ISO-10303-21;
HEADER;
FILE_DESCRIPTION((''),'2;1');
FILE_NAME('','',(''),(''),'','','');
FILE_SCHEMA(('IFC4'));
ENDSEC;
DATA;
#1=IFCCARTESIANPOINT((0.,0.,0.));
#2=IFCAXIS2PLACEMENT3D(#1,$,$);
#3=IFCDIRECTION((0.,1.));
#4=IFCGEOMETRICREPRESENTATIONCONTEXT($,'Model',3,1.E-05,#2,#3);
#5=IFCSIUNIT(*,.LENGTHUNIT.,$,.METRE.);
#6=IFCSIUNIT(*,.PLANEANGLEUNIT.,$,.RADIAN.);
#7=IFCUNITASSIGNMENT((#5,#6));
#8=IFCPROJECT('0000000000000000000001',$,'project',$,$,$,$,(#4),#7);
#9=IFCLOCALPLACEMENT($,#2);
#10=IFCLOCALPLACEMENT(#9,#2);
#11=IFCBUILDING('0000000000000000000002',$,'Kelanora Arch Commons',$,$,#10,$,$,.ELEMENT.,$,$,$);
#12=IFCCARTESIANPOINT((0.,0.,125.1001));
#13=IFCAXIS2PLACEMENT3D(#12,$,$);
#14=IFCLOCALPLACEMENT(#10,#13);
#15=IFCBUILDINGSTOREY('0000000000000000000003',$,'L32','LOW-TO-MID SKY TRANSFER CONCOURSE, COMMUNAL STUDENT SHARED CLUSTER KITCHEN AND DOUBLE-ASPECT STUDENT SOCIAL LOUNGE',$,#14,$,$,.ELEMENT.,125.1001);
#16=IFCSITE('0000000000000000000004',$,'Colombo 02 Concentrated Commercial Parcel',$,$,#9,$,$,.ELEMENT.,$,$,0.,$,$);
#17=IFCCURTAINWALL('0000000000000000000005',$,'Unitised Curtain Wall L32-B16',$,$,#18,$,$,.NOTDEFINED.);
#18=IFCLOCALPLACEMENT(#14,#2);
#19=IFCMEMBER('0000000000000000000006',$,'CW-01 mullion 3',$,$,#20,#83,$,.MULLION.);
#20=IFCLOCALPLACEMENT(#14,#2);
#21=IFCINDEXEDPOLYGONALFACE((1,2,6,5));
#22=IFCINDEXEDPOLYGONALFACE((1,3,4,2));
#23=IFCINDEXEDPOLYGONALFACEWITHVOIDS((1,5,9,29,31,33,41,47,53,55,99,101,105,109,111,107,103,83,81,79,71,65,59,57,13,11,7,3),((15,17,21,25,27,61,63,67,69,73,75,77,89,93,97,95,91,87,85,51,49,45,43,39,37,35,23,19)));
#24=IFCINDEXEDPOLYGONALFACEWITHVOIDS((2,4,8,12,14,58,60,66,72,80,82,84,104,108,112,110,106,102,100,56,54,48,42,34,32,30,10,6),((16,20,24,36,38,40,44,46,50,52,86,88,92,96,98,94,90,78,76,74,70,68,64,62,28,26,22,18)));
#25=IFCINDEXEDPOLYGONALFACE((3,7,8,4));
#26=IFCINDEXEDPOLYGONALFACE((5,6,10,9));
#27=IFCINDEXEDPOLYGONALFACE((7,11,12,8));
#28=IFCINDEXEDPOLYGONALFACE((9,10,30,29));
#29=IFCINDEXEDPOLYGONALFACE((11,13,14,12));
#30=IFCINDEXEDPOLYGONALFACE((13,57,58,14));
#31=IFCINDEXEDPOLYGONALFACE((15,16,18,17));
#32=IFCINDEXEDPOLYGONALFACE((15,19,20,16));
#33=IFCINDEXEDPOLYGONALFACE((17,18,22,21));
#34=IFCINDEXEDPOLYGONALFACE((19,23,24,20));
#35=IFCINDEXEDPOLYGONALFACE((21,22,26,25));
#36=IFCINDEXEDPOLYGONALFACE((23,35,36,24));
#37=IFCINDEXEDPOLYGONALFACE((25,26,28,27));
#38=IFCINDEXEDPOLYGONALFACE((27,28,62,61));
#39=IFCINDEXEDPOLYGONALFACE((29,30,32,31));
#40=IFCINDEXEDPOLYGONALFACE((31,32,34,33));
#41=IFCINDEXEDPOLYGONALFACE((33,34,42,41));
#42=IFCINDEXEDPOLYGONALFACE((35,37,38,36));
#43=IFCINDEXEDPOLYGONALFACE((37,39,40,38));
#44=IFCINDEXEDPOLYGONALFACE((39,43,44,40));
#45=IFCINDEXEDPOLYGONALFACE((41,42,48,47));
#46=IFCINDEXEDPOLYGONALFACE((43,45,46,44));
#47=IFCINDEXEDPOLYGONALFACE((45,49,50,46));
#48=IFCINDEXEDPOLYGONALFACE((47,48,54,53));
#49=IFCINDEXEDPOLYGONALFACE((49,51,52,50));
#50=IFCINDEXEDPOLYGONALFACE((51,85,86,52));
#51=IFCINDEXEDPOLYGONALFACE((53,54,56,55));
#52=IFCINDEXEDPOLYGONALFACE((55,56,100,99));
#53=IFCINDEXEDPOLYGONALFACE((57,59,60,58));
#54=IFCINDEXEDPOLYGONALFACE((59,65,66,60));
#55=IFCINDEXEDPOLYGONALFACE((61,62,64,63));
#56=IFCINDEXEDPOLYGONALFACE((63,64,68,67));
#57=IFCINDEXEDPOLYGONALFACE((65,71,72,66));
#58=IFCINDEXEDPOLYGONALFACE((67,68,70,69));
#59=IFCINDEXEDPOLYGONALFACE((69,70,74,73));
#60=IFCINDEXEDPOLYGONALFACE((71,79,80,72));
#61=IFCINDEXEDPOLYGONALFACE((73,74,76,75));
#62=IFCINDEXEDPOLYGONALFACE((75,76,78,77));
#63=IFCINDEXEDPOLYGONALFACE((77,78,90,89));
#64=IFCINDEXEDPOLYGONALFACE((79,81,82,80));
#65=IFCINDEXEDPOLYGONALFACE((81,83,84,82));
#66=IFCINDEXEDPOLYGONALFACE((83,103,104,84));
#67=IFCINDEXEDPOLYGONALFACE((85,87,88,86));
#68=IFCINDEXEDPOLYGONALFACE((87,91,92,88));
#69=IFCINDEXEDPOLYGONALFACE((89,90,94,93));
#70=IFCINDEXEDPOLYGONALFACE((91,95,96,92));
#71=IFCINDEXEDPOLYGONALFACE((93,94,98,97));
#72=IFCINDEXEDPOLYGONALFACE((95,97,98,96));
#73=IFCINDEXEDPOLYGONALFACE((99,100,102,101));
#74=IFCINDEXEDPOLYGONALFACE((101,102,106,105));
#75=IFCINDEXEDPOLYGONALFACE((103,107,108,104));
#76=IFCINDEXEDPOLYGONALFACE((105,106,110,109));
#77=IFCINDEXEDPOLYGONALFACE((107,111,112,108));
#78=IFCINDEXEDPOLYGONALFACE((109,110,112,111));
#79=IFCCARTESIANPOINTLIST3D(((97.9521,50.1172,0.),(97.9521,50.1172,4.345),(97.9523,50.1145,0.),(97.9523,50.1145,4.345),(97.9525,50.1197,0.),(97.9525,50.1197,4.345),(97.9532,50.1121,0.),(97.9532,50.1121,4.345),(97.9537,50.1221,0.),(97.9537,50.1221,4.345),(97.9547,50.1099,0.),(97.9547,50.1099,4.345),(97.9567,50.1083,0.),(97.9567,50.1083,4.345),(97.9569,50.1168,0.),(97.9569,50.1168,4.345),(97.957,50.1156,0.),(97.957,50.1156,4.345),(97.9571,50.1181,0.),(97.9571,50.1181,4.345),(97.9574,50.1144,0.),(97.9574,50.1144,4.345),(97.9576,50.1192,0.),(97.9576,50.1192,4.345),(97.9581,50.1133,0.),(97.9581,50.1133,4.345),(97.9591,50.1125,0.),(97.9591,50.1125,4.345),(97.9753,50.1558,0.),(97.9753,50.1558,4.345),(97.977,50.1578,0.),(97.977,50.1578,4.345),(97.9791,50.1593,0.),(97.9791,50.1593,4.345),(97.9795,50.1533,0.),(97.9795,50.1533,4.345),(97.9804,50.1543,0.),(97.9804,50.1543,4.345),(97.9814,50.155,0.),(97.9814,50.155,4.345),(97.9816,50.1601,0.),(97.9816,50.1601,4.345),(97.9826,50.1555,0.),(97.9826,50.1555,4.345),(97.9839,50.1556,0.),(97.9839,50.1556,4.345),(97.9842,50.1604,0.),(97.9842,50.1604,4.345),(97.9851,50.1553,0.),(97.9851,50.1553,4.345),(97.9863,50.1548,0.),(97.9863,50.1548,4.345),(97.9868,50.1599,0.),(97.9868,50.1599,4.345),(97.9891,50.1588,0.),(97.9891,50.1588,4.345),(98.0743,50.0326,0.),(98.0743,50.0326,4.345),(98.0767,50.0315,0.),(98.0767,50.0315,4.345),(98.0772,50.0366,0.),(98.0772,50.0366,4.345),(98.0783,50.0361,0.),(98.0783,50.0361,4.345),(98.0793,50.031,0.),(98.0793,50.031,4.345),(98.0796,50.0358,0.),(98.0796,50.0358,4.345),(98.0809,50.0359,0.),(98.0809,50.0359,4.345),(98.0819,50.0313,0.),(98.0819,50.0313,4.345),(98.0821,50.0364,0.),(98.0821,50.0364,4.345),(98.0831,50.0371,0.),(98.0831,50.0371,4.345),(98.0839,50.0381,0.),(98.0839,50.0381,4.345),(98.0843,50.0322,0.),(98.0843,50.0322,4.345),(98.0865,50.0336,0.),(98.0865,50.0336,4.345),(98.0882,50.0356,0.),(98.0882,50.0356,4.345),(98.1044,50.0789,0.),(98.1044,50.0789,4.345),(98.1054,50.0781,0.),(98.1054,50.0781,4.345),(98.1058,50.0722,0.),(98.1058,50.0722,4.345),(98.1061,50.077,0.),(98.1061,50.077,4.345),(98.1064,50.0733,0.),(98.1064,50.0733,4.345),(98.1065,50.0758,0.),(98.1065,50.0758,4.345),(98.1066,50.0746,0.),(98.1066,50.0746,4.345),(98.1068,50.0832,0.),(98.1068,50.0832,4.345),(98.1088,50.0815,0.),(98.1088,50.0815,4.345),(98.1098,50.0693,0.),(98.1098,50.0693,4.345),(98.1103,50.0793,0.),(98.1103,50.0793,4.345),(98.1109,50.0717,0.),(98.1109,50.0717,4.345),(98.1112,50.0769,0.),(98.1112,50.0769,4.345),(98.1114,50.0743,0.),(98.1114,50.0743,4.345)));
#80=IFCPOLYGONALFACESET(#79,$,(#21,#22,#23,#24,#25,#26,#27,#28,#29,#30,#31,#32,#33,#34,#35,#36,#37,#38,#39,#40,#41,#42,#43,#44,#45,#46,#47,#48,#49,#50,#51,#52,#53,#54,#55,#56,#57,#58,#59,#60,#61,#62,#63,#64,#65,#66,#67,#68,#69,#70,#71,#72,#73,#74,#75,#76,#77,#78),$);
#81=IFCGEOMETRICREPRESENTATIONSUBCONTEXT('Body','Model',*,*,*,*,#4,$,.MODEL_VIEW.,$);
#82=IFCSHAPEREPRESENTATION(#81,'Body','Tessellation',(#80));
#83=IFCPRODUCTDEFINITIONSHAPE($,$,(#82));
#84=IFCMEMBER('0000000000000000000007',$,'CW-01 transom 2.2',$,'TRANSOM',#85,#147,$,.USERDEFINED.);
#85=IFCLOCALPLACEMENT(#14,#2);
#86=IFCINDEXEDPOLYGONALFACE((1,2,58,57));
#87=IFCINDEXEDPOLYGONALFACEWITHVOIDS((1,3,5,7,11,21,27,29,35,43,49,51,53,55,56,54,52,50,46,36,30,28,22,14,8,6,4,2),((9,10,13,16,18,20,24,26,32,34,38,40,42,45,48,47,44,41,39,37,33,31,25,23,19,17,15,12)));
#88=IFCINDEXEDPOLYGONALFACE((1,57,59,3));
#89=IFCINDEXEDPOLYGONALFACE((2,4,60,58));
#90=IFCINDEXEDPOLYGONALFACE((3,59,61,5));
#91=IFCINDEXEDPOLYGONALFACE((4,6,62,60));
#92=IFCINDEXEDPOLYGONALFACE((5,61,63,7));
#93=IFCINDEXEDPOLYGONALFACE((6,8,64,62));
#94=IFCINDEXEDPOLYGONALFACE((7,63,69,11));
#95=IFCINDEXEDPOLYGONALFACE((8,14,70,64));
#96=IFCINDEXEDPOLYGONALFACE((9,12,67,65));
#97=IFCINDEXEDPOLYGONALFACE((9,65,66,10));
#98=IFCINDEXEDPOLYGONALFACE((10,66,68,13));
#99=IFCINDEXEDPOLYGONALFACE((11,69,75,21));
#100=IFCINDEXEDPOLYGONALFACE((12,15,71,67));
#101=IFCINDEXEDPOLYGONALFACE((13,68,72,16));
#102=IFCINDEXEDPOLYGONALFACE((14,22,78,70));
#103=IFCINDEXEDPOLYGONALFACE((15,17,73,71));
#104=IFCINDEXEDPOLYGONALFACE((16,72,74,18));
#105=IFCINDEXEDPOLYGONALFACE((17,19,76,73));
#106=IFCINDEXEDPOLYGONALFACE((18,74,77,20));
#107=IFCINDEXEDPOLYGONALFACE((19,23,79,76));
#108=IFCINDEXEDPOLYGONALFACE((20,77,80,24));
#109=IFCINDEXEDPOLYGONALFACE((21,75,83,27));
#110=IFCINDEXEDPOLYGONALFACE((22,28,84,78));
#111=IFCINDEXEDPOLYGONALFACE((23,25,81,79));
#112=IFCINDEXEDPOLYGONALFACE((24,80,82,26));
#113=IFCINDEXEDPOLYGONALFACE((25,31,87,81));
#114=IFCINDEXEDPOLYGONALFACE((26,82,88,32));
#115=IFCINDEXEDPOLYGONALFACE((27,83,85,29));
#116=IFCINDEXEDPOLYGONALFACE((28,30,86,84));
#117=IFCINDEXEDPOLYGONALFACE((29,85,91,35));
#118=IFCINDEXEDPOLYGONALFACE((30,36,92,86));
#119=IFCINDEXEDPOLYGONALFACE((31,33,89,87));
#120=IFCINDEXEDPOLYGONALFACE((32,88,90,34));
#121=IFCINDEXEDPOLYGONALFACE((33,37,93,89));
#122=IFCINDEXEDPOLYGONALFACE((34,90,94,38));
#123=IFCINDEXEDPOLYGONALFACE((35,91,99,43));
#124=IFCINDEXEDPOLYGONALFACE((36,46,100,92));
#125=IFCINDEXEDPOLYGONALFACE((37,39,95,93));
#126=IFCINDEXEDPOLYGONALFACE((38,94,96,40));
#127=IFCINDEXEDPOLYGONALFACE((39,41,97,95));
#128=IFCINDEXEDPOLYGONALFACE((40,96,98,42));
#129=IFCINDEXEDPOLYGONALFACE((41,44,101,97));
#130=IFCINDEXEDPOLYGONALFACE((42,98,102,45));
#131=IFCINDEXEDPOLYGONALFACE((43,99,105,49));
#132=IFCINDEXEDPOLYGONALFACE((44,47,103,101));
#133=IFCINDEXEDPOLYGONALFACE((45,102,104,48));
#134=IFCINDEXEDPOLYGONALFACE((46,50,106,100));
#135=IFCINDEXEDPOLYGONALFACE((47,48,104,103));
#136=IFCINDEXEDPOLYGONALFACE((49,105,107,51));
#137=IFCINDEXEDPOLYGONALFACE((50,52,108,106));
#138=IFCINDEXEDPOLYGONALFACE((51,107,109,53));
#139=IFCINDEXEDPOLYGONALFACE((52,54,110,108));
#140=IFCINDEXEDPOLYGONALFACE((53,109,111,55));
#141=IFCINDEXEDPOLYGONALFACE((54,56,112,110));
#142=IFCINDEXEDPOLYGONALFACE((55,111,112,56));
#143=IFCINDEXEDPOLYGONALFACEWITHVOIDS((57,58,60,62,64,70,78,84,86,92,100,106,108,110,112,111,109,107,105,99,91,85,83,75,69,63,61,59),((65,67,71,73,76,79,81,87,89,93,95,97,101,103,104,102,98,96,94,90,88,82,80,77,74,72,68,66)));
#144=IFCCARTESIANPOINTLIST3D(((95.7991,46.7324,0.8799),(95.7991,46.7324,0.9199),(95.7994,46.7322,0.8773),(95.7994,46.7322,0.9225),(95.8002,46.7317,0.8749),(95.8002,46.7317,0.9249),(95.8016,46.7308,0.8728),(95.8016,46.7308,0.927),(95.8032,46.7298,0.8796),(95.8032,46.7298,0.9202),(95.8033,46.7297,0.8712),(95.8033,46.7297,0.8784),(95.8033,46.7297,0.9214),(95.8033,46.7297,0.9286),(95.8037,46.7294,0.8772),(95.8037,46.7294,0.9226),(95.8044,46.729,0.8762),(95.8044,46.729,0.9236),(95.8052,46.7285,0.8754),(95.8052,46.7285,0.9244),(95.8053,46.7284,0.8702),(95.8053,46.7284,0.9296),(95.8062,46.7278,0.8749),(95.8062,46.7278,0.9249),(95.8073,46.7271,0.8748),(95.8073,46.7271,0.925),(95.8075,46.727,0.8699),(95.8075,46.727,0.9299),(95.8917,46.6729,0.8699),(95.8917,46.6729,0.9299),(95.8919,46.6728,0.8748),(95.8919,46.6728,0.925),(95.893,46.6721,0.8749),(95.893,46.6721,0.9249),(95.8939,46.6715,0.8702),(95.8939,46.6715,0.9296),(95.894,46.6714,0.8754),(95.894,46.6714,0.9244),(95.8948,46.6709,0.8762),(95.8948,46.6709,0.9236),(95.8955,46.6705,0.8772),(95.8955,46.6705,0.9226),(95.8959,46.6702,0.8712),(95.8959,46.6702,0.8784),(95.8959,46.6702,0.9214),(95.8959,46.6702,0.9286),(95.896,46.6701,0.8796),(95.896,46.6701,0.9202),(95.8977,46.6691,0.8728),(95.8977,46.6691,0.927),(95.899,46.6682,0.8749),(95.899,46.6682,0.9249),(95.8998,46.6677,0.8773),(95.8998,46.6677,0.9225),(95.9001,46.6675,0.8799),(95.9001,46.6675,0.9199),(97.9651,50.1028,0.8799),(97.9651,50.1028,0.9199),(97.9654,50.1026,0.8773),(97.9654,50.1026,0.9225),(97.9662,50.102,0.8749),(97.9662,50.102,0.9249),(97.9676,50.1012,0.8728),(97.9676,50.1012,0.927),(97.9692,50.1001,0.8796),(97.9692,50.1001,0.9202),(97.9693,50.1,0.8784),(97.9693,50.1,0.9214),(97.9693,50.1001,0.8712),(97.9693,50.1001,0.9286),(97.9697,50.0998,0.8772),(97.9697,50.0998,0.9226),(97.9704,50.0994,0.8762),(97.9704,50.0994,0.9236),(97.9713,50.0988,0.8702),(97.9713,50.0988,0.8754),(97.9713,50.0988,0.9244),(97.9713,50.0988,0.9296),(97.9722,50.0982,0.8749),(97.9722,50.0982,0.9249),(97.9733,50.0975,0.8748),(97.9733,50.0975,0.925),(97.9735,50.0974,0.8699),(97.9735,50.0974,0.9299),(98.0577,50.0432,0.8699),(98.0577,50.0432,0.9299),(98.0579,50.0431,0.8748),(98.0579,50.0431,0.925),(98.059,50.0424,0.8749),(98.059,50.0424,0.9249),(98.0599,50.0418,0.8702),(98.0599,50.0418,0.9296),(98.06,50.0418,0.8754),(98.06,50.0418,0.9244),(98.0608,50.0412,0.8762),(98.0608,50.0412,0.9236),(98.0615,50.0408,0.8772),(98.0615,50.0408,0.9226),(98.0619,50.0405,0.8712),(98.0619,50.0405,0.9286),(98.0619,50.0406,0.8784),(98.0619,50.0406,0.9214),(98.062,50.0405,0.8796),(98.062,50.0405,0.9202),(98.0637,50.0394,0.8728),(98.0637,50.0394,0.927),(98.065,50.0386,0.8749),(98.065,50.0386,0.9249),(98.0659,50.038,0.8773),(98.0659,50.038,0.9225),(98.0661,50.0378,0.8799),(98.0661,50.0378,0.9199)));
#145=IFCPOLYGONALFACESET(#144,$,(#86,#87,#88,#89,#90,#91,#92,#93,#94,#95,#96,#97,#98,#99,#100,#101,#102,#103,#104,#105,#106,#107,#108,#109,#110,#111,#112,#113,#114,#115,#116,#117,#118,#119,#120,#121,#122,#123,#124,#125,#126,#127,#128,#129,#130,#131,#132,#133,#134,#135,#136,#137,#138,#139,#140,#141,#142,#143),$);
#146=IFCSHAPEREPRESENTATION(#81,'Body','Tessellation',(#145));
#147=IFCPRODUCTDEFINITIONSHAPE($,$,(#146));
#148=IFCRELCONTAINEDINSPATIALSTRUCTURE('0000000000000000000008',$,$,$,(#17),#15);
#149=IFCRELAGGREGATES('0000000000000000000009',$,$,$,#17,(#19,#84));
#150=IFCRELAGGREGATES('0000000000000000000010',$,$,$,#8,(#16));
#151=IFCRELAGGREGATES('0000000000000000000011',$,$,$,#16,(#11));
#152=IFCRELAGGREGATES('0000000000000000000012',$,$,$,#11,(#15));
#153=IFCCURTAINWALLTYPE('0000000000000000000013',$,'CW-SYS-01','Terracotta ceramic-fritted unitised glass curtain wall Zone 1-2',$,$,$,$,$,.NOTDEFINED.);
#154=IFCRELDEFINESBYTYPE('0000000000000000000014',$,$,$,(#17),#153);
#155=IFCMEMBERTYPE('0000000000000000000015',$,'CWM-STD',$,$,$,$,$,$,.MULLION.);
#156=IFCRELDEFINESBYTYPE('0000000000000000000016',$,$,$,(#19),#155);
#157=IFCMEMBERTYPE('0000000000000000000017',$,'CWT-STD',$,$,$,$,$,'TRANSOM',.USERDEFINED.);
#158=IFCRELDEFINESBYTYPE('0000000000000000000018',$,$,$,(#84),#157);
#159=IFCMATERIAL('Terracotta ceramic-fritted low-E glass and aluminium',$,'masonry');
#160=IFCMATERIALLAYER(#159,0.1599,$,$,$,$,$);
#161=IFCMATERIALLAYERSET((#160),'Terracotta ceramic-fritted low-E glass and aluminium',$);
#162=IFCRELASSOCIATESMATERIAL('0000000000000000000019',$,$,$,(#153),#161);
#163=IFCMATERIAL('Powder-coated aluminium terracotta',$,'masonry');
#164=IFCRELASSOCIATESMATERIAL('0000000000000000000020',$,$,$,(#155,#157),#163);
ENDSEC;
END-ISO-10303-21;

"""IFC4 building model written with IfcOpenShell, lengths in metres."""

from ifc_helpers import new_model, si_unit, direction, frame, origin, origin_2d, place, context, subcontext, project, spatial, hollow_rectangle, extrude, material, layer, layer_set, material_profile, profile_set, type_object, element, aggregate, save


model = new_model("IFC4")

# Units and contexts
model_context = context("Model", 3, precision=1e-05, world=origin(), true_north=direction((0.0, 1.0)))
body_context = subcontext(model_context, "Body", "Model", "MODEL_VIEW")
ifc_project = project(units=[si_unit("LENGTHUNIT", "METRE"), si_unit("PLANEANGLEUNIT", "RADIAN")], contexts=[model_context])

# Site, building, storey
site_placement = place(None, origin())
site = spatial("IfcSite", under=ifc_project, at=site_placement, Name="Colombo 02 Concentrated Commercial Parcel", CompositionType="ELEMENT", RefElevation=0.0)
building_placement = place(site_placement, origin())
building = spatial("IfcBuilding", under=site, at=building_placement, Name="Kelanora Arch Commons", CompositionType="ELEMENT")
storey_placement = place(building_placement, frame((0.0, 0.0, 125.1001)))
storey = spatial("IfcBuildingStorey", under=building, at=storey_placement, Name="L32", Description="LOW-TO-MID SKY TRANSFER CONCOURSE, COMMUNAL STUDENT SHARED CLUSTER KITCHEN AND DOUBLE-ASPECT STUDENT SOCIAL LOUNGE", CompositionType="ELEMENT", Elevation=125.1001)

# Curtain wall, members
ifc_material_1 = material(Name="Terracotta ceramic-fritted low-E glass and aluminium", Category="masonry")
ifc_layer_1 = layer(ifc_material_1, 0.1599)
ifc_layer_set_1 = layer_set([ifc_layer_1], Name="Terracotta ceramic-fritted low-E glass and aluminium")
curtain_wall_type = type_object("IfcCurtainWallType", Name="CW-SYS-01", Description="Terracotta ceramic-fritted unitised glass curtain wall Zone 1-2", PredefinedType="NOTDEFINED", material=ifc_layer_set_1)
curtain_wall_placement = place(storey_placement, origin())
curtain_wall = element("IfcCurtainWall", 1, at=curtain_wall_placement, inside=storey, type_object=curtain_wall_type, Name="Unitised Curtain Wall L32-B16", PredefinedType="NOTDEFINED")
ifc_material_2 = material(Name="Powder-coated aluminium terracotta", Category="masonry")
ifc_material_profile_1 = material_profile(ifc_material_2, hollow_rectangle(XDim=0.1599, YDim=0.0601, WallThickness=0.0049, InnerFilletRadius=0.0049, OuterFilletRadius=0.01, at=origin_2d()), Name="CWM160x60")
ifc_profile_set_1 = profile_set([ifc_material_profile_1], Name="Powder-coated aluminium terracotta")
member_type_1 = type_object("IfcMemberType", Name="CWM-STD", PredefinedType="MULLION", material=ifc_profile_set_1)
member_1_placement = place(storey_placement, frame((98.0317, 50.0957, 0.0), z_axis=(0.0, 0.0, 1.0), x_axis=(-0.841269, 0.540617, 0.0)))
member_1 = element("IfcMember", 2, at=member_1_placement, type_object=member_type_1, Name="CW-01 mullion 3", PredefinedType="MULLION", context=body_context, shape_type="SweptSolid", body=[
    extrude(hollow_rectangle(XDim=0.1599, YDim=0.0601, WallThickness=0.0049, InnerFilletRadius=0.0049, OuterFilletRadius=0.01, at=origin_2d()), origin(), (0.0, 0.0, 1.0), 4.345),
])
ifc_material_profile_2 = material_profile(ifc_material_2, hollow_rectangle(XDim=0.1201, YDim=0.0601, WallThickness=0.0049, InnerFilletRadius=0.0049, OuterFilletRadius=0.01, at=origin_2d()), Name="CWT120x60")
ifc_profile_set_2 = profile_set([ifc_material_profile_2], Name="Powder-coated aluminium terracotta")
member_type_2 = type_object("IfcMemberType", Name="CWT-STD", ElementType="TRANSOM", PredefinedType="USERDEFINED", material=ifc_profile_set_2)
member_2_placement = place(storey_placement, frame((95.8496, 46.7, 0.8999), z_axis=(0.540644, 0.841252, 0.0), x_axis=(-0.841252, 0.540644, 0.0)))
member_2 = element("IfcMember", 3, at=member_2_placement, type_object=member_type_2, Name="CW-01 transom 2.2", ObjectType="TRANSOM", PredefinedType="USERDEFINED", context=body_context, shape_type="SweptSolid", body=[
    extrude(hollow_rectangle(XDim=0.1201, YDim=0.0601, WallThickness=0.0049, InnerFilletRadius=0.0049, OuterFilletRadius=0.01, at=origin_2d()), origin(), (0.0, 0.0, 1.0), 4.0063),
])
aggregate(curtain_wall, [member_1, member_2])

save(model, "model.ifc")
